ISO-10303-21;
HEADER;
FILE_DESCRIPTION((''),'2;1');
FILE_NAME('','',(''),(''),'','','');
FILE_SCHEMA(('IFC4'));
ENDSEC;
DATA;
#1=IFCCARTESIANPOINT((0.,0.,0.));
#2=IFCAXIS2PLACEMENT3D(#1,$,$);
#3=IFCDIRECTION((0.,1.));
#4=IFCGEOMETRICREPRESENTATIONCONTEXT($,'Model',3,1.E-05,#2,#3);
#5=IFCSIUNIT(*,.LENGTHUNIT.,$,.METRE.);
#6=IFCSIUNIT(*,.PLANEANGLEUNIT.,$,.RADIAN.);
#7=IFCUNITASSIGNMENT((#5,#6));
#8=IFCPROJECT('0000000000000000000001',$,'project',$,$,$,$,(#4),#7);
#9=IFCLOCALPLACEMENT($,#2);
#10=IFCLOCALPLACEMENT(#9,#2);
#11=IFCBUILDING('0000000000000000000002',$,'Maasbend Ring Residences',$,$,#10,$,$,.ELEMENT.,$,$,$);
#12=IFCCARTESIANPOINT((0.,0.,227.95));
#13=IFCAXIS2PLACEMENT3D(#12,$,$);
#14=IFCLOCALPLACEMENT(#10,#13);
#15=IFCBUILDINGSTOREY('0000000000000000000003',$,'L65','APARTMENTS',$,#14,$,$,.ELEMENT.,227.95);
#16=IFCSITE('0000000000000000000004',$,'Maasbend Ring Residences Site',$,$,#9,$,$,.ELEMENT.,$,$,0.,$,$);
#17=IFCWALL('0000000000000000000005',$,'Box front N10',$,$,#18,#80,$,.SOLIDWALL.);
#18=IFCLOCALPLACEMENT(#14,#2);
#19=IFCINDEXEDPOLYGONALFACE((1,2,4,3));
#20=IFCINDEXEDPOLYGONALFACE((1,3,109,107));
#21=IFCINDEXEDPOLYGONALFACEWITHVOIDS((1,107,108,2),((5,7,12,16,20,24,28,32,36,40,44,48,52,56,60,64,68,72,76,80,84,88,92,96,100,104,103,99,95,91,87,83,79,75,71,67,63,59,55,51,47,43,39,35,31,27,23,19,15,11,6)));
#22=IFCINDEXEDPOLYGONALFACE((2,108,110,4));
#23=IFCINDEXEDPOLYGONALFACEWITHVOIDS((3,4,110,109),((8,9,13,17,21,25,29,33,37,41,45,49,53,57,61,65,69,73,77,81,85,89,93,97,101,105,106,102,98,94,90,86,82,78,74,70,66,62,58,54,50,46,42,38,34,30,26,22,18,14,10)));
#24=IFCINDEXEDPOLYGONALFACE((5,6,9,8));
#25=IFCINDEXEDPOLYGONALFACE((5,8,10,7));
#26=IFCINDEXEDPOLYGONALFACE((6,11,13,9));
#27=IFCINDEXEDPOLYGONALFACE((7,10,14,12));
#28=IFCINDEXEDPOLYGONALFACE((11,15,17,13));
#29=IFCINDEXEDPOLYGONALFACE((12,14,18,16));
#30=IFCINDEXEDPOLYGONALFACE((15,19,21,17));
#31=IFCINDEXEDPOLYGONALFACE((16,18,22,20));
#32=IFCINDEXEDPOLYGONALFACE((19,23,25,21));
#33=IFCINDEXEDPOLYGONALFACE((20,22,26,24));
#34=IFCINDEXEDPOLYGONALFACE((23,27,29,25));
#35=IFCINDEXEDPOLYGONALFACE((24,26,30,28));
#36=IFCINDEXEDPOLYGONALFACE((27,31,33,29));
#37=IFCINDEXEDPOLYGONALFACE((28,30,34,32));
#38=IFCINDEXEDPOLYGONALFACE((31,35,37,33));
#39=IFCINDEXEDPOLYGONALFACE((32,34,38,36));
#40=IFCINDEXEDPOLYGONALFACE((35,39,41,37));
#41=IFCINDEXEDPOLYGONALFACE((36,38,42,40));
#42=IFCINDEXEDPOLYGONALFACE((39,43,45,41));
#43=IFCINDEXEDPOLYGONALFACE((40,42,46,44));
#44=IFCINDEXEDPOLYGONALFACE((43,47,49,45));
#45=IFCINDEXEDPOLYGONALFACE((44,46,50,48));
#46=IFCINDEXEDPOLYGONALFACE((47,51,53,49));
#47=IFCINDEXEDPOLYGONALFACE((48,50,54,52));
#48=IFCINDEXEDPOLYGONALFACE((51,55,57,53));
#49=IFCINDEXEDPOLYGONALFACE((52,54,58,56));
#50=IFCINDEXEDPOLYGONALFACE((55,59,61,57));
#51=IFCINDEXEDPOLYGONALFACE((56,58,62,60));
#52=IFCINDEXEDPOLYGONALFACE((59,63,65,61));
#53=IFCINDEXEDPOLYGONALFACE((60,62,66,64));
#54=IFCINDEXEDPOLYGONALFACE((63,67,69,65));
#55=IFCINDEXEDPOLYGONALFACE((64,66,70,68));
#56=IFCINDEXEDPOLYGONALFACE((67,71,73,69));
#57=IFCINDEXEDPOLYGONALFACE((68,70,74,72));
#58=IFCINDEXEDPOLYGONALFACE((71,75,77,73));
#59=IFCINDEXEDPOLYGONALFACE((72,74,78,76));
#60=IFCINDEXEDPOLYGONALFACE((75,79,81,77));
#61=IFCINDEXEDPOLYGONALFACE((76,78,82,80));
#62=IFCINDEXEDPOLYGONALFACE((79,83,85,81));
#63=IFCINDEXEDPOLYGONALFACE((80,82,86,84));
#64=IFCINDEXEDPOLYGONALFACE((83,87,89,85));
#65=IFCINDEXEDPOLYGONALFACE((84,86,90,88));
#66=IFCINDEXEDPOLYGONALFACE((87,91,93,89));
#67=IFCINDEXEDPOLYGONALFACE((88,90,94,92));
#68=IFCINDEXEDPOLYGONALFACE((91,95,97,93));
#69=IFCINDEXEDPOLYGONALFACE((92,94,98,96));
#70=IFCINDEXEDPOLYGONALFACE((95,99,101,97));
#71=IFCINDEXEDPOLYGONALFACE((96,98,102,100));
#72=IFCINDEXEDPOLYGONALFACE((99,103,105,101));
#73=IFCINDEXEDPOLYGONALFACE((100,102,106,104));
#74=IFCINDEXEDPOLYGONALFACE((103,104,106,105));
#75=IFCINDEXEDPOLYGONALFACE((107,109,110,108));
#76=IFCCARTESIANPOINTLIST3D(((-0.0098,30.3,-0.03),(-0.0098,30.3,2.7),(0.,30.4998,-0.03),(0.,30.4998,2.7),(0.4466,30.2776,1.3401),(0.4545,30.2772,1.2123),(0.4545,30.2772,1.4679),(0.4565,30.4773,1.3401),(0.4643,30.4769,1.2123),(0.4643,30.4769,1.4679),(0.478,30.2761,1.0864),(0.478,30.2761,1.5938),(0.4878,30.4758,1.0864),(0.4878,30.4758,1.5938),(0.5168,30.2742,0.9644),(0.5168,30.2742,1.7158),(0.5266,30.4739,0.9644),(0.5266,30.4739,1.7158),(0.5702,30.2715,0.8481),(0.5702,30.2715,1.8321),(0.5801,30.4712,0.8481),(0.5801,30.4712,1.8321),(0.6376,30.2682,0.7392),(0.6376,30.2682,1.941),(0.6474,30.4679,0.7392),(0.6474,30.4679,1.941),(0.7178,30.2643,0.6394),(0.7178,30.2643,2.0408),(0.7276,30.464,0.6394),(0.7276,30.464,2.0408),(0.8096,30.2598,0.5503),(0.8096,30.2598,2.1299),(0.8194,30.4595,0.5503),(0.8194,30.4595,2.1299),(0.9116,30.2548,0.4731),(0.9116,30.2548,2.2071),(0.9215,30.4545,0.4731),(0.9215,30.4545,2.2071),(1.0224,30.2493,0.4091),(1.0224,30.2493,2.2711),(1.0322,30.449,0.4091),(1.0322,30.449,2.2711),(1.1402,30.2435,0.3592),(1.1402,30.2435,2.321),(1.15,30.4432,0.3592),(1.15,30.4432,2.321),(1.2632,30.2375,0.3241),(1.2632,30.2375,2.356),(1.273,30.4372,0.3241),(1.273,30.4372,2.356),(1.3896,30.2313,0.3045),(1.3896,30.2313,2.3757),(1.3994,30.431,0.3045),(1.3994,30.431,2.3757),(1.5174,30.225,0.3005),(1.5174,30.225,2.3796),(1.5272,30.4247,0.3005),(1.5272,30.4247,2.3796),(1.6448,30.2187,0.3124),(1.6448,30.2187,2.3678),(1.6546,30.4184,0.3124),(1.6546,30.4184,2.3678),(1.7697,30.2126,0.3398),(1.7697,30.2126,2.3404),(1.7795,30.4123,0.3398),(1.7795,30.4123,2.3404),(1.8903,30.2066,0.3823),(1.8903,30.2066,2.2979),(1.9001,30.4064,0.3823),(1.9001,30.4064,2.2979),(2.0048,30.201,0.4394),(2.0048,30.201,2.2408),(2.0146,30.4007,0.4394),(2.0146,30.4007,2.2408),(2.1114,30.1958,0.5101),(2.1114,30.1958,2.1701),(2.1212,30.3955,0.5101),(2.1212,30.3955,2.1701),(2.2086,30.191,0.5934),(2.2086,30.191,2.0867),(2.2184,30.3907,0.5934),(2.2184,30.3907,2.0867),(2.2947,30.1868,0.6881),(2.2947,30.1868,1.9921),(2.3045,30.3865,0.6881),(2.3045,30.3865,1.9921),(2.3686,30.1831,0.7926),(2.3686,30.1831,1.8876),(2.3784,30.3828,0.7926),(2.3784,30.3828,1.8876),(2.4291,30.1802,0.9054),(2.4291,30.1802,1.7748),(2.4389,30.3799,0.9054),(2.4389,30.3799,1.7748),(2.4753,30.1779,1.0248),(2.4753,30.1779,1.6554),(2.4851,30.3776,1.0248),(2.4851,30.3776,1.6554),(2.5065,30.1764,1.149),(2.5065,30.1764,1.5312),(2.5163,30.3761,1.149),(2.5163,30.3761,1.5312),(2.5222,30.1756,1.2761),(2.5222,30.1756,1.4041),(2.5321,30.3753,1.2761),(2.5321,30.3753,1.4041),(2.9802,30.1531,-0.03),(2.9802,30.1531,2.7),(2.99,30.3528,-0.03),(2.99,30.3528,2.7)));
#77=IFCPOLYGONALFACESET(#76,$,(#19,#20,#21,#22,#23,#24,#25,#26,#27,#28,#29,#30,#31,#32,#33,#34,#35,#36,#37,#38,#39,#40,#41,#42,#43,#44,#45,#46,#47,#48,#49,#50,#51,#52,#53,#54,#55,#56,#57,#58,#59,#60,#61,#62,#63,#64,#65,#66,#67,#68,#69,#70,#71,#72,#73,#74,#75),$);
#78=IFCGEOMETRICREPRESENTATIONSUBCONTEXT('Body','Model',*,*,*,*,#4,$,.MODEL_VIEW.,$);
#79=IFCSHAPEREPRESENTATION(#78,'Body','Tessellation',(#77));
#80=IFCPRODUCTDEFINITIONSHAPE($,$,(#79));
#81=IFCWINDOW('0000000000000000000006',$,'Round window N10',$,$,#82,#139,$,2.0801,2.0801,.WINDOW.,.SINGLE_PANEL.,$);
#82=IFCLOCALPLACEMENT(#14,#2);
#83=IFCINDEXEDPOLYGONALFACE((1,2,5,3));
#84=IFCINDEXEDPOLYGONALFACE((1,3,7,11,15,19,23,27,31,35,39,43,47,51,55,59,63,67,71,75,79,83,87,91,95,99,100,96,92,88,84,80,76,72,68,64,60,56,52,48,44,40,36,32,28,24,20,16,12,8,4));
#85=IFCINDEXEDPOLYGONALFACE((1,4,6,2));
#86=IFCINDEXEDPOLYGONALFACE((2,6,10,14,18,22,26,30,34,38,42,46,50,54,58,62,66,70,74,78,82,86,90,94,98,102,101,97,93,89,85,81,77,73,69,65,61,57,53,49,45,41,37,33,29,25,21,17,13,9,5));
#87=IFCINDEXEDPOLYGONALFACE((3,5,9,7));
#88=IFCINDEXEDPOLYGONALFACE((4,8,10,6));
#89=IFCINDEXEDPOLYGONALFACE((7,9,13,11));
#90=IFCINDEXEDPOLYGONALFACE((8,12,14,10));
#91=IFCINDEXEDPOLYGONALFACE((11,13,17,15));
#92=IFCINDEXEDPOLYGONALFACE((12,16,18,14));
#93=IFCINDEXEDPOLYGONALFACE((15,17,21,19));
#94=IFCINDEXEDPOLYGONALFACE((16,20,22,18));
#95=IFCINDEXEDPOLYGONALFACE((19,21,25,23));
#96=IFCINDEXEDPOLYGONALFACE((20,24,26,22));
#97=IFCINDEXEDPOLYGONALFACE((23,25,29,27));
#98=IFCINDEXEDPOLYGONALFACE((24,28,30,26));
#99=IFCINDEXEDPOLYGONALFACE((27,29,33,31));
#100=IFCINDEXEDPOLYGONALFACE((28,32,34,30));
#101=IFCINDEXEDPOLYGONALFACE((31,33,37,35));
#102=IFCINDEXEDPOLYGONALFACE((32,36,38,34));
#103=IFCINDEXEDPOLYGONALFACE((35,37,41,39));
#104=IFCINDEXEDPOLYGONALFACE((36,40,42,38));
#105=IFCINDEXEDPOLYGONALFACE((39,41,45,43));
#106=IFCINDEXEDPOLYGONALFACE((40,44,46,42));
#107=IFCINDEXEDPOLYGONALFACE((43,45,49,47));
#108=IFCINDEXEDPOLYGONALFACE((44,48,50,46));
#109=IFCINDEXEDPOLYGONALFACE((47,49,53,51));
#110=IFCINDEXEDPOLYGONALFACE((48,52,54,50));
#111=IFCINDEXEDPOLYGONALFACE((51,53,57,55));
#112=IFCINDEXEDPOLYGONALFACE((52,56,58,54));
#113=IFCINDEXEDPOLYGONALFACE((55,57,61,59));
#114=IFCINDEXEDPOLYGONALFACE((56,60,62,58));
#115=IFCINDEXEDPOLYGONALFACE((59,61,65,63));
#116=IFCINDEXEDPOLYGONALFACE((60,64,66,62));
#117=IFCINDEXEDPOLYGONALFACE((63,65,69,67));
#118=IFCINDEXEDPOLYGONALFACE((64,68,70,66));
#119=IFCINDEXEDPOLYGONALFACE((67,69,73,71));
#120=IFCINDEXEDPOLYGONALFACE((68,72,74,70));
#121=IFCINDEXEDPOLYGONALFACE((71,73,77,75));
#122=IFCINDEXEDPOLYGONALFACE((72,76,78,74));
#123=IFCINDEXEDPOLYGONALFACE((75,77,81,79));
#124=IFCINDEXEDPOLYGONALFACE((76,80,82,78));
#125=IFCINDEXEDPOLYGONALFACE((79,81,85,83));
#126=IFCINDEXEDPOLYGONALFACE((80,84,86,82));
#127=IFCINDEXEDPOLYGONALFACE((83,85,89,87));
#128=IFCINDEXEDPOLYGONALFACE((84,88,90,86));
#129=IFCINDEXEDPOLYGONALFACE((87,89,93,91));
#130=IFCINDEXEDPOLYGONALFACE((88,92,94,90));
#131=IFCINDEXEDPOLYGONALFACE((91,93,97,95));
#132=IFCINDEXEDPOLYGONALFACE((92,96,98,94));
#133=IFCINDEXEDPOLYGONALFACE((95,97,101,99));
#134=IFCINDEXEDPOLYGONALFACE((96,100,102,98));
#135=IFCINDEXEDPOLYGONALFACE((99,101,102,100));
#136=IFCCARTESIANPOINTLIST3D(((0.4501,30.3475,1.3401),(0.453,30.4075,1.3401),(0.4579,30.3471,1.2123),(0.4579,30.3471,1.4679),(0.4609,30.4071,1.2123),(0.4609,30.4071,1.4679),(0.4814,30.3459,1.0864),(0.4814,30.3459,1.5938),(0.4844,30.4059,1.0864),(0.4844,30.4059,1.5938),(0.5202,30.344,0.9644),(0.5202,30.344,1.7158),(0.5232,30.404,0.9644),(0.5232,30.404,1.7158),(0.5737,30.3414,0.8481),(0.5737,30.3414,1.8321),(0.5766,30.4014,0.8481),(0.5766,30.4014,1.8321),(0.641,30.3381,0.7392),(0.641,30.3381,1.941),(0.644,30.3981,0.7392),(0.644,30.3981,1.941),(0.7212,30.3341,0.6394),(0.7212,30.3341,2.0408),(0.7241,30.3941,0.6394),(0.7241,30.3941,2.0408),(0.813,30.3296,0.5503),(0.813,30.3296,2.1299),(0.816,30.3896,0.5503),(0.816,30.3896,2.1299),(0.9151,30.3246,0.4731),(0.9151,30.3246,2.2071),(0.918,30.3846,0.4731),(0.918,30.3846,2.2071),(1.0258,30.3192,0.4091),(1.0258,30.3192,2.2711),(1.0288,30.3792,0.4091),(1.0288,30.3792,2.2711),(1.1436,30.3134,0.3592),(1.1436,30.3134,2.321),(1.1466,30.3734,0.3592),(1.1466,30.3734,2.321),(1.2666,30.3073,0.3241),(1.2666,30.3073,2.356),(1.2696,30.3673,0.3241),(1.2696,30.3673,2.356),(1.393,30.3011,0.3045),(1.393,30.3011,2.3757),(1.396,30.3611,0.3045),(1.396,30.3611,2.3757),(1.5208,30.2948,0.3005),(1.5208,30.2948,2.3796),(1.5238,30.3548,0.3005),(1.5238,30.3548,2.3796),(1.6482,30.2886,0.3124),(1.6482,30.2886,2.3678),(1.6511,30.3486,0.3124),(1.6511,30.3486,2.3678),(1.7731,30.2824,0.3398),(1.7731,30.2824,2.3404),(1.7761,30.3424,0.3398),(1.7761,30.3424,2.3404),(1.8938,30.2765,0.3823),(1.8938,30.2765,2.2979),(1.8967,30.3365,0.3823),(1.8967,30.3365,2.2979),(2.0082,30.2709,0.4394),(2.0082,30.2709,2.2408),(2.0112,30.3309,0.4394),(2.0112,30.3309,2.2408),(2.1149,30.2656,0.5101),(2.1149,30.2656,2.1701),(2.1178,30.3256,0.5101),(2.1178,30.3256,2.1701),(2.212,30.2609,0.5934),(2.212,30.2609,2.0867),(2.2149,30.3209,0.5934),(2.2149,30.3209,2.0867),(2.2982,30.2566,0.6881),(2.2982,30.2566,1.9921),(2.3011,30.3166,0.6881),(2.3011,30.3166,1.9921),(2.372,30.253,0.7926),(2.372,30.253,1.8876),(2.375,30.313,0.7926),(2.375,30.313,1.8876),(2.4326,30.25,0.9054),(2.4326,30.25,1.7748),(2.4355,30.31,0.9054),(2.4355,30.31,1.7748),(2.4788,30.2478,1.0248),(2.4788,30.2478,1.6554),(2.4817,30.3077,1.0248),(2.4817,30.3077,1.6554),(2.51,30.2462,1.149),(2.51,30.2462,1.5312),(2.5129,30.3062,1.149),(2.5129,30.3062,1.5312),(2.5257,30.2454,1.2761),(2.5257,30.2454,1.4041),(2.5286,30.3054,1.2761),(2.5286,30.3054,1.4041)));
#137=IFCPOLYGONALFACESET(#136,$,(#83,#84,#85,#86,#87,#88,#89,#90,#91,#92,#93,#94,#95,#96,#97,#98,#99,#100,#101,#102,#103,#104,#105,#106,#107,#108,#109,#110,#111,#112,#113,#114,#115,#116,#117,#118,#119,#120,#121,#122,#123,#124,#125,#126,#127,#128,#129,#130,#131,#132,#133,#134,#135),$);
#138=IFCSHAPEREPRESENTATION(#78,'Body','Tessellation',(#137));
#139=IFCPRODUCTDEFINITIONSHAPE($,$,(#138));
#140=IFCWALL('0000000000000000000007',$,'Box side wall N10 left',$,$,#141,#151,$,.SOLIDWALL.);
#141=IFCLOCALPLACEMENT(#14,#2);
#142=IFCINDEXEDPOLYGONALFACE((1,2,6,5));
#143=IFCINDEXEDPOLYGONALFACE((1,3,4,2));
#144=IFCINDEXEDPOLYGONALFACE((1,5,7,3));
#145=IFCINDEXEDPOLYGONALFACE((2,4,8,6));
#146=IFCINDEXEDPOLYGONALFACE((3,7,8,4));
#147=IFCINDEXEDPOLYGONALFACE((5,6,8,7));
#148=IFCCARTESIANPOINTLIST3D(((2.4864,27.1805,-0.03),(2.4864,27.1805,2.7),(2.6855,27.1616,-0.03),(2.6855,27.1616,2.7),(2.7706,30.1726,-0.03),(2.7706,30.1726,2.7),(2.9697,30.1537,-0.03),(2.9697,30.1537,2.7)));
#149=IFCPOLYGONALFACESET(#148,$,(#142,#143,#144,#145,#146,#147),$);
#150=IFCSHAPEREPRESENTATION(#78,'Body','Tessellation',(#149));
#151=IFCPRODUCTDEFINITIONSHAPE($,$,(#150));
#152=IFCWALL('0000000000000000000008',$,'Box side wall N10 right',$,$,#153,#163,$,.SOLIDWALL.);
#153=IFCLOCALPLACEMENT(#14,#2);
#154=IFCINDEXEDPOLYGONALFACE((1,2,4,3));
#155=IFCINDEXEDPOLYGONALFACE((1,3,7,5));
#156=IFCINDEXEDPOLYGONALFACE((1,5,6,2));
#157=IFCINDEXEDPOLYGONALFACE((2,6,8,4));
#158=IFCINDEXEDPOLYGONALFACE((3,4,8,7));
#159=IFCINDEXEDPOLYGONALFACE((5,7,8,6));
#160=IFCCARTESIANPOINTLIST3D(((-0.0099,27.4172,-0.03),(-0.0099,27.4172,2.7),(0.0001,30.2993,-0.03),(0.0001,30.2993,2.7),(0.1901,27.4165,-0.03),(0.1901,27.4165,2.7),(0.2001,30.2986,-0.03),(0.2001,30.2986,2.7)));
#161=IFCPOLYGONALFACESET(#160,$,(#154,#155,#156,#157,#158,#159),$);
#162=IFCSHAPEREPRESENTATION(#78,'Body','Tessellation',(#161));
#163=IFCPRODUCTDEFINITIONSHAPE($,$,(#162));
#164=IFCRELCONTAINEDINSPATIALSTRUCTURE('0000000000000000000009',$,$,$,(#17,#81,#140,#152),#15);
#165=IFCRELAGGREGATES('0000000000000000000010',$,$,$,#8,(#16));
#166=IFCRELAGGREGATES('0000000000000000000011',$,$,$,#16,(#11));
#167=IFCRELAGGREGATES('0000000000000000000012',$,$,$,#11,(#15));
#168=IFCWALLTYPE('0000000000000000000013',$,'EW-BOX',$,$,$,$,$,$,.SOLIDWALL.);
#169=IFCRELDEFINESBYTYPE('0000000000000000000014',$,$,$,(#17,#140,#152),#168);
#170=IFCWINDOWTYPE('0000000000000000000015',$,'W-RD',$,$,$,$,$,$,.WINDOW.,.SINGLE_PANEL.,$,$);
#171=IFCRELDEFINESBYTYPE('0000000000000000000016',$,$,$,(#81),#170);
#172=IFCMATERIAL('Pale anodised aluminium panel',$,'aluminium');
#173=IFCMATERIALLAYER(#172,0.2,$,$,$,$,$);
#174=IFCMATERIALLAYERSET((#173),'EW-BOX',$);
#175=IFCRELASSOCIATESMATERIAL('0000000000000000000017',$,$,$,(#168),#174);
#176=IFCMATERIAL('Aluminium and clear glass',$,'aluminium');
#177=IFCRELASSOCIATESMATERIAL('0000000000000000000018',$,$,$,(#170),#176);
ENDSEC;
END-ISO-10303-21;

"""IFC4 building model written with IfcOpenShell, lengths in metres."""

from ifc_helpers import new_model, si_unit, direction, frame, frame_2d, origin, place, context, subcontext, project, spatial, rectangle, circle, extrude, material, layer, layer_set, type_object, element, fill, save


model = new_model("IFC4")

# Units and contexts
model_context = context("Model", 3, precision=1e-05, world=origin(), true_north=direction((0.0, 1.0)))
body_context = subcontext(model_context, "Body", "Model", "MODEL_VIEW")
ifc_project = project(units=[si_unit("LENGTHUNIT", "METRE"), si_unit("PLANEANGLEUNIT", "RADIAN")], contexts=[model_context])

# Site, building, storey
site_placement = place(None, origin())
site = spatial("IfcSite", under=ifc_project, at=site_placement, Name="Maasbend Ring Residences Site", CompositionType="ELEMENT", RefElevation=0.0)
building_placement = place(site_placement, origin())
building = spatial("IfcBuilding", under=site, at=building_placement, Name="Maasbend Ring Residences", CompositionType="ELEMENT")
storey_placement = place(building_placement, frame((0.0, 0.0, 227.95)))
storey = spatial("IfcBuildingStorey", under=building, at=storey_placement, Name="L65", Description="APARTMENTS", CompositionType="ELEMENT", Elevation=227.95)

# Shared definitions
ifc_material_1 = material(Name="Pale anodised aluminium panel", Category="aluminium")
ifc_layer_1 = layer(ifc_material_1, 0.2)
ifc_layer_set_1 = layer_set([ifc_layer_1], Name="EW-BOX")
wall_type_1 = type_object("IfcWallType", Name="EW-BOX", PredefinedType="SOLIDWALL", material=ifc_layer_set_1)

# Shared definitions
ifc_material_2 = material(Name="Aluminium and clear glass", Category="aluminium")
window_type_1 = type_object("IfcWindowType", Name="W-RD", PartitioningType="SINGLE_PANEL", PredefinedType="WINDOW", material=ifc_material_2)

# Wall, opening, window
wall_1_placement = place(storey_placement, frame((2.9851, 30.2529, -0.03), z_axis=(0.0, 0.0, 1.0), x_axis=(-0.998794, 0.049096, 0.0)))
wall_1 = element("IfcWall", 1, at=wall_1_placement, inside=storey, type_object=wall_type_1, Name="Box front N10", PredefinedType="SOLIDWALL", context=body_context, shape_type="SweptSolid", body=[
    extrude(rectangle(XDim=2.9937, YDim=0.2, at=frame_2d((1.4968, 0.0))), origin(), (0.0, 0.0, 1.0), 2.73),
])
opening_1_placement = place(wall_1_placement, frame((0.4565, 0.0, 0.3301)))
opening_1 = element("IfcOpeningElement", 2, at=opening_1_placement, cuts=wall_1, PredefinedType="OPENING", context=body_context, shape_type="SweptSolid", body=[
    extrude(circle(Radius=1.04, at=frame_2d((1.04, 1.04))), frame((0.0, 0.1099, 0.0), z_axis=(0.0, -1.0, 0.0), x_axis=(1.0, 0.0, 0.0)), (0.0, 0.0, 1.0), 0.22),
])
window_1_placement = place(opening_1_placement, origin())
window_1 = element("IfcWindow", 3, at=window_1_placement, inside=storey, type_object=window_type_1, Name="Round window N10", OverallHeight=2.0801, OverallWidth=2.0801, PartitioningType="SINGLE_PANEL", PredefinedType="WINDOW", context=body_context, shape_type="SweptSolid", body=[
    extrude(circle(Radius=1.04, at=frame_2d((1.04, 1.04))), frame((0.0, 0.03, 0.0), z_axis=(0.0, -1.0, 0.0), x_axis=(1.0, 0.0, 0.0)), (0.0, 0.0, 1.0), 0.0601),
])
fill(opening_1, window_1)

# Walls
wall_2_placement = place(storey_placement, frame((2.5859, 27.1709, -0.03), z_axis=(0.0, 0.0, 1.0), x_axis=(0.094548, 0.99552, 0.0)))
element("IfcWall", 4, at=wall_2_placement, inside=storey, type_object=wall_type_1, Name="Box side wall N10 left", PredefinedType="SOLIDWALL", context=body_context, shape_type="SweptSolid", body=[
    extrude(rectangle(XDim=3.0056, YDim=0.2, at=frame_2d((1.5029, 0.0))), origin(), (0.0, 0.0, 1.0), 2.73),
])
wall_3_placement = place(storey_placement, frame((0.0901, 27.417, -0.03), z_axis=(0.0, 0.0, 1.0), x_axis=(0.003473, 0.999994, 0.0)))
element("IfcWall", 5, at=wall_3_placement, inside=storey, type_object=wall_type_1, Name="Box side wall N10 right", PredefinedType="SOLIDWALL", context=body_context, shape_type="SweptSolid", body=[
    extrude(rectangle(XDim=2.8821, YDim=0.2, at=frame_2d((1.4409, 0.0))), origin(), (0.0, 0.0, 1.0), 2.73),
])

save(model, "model.ifc")
